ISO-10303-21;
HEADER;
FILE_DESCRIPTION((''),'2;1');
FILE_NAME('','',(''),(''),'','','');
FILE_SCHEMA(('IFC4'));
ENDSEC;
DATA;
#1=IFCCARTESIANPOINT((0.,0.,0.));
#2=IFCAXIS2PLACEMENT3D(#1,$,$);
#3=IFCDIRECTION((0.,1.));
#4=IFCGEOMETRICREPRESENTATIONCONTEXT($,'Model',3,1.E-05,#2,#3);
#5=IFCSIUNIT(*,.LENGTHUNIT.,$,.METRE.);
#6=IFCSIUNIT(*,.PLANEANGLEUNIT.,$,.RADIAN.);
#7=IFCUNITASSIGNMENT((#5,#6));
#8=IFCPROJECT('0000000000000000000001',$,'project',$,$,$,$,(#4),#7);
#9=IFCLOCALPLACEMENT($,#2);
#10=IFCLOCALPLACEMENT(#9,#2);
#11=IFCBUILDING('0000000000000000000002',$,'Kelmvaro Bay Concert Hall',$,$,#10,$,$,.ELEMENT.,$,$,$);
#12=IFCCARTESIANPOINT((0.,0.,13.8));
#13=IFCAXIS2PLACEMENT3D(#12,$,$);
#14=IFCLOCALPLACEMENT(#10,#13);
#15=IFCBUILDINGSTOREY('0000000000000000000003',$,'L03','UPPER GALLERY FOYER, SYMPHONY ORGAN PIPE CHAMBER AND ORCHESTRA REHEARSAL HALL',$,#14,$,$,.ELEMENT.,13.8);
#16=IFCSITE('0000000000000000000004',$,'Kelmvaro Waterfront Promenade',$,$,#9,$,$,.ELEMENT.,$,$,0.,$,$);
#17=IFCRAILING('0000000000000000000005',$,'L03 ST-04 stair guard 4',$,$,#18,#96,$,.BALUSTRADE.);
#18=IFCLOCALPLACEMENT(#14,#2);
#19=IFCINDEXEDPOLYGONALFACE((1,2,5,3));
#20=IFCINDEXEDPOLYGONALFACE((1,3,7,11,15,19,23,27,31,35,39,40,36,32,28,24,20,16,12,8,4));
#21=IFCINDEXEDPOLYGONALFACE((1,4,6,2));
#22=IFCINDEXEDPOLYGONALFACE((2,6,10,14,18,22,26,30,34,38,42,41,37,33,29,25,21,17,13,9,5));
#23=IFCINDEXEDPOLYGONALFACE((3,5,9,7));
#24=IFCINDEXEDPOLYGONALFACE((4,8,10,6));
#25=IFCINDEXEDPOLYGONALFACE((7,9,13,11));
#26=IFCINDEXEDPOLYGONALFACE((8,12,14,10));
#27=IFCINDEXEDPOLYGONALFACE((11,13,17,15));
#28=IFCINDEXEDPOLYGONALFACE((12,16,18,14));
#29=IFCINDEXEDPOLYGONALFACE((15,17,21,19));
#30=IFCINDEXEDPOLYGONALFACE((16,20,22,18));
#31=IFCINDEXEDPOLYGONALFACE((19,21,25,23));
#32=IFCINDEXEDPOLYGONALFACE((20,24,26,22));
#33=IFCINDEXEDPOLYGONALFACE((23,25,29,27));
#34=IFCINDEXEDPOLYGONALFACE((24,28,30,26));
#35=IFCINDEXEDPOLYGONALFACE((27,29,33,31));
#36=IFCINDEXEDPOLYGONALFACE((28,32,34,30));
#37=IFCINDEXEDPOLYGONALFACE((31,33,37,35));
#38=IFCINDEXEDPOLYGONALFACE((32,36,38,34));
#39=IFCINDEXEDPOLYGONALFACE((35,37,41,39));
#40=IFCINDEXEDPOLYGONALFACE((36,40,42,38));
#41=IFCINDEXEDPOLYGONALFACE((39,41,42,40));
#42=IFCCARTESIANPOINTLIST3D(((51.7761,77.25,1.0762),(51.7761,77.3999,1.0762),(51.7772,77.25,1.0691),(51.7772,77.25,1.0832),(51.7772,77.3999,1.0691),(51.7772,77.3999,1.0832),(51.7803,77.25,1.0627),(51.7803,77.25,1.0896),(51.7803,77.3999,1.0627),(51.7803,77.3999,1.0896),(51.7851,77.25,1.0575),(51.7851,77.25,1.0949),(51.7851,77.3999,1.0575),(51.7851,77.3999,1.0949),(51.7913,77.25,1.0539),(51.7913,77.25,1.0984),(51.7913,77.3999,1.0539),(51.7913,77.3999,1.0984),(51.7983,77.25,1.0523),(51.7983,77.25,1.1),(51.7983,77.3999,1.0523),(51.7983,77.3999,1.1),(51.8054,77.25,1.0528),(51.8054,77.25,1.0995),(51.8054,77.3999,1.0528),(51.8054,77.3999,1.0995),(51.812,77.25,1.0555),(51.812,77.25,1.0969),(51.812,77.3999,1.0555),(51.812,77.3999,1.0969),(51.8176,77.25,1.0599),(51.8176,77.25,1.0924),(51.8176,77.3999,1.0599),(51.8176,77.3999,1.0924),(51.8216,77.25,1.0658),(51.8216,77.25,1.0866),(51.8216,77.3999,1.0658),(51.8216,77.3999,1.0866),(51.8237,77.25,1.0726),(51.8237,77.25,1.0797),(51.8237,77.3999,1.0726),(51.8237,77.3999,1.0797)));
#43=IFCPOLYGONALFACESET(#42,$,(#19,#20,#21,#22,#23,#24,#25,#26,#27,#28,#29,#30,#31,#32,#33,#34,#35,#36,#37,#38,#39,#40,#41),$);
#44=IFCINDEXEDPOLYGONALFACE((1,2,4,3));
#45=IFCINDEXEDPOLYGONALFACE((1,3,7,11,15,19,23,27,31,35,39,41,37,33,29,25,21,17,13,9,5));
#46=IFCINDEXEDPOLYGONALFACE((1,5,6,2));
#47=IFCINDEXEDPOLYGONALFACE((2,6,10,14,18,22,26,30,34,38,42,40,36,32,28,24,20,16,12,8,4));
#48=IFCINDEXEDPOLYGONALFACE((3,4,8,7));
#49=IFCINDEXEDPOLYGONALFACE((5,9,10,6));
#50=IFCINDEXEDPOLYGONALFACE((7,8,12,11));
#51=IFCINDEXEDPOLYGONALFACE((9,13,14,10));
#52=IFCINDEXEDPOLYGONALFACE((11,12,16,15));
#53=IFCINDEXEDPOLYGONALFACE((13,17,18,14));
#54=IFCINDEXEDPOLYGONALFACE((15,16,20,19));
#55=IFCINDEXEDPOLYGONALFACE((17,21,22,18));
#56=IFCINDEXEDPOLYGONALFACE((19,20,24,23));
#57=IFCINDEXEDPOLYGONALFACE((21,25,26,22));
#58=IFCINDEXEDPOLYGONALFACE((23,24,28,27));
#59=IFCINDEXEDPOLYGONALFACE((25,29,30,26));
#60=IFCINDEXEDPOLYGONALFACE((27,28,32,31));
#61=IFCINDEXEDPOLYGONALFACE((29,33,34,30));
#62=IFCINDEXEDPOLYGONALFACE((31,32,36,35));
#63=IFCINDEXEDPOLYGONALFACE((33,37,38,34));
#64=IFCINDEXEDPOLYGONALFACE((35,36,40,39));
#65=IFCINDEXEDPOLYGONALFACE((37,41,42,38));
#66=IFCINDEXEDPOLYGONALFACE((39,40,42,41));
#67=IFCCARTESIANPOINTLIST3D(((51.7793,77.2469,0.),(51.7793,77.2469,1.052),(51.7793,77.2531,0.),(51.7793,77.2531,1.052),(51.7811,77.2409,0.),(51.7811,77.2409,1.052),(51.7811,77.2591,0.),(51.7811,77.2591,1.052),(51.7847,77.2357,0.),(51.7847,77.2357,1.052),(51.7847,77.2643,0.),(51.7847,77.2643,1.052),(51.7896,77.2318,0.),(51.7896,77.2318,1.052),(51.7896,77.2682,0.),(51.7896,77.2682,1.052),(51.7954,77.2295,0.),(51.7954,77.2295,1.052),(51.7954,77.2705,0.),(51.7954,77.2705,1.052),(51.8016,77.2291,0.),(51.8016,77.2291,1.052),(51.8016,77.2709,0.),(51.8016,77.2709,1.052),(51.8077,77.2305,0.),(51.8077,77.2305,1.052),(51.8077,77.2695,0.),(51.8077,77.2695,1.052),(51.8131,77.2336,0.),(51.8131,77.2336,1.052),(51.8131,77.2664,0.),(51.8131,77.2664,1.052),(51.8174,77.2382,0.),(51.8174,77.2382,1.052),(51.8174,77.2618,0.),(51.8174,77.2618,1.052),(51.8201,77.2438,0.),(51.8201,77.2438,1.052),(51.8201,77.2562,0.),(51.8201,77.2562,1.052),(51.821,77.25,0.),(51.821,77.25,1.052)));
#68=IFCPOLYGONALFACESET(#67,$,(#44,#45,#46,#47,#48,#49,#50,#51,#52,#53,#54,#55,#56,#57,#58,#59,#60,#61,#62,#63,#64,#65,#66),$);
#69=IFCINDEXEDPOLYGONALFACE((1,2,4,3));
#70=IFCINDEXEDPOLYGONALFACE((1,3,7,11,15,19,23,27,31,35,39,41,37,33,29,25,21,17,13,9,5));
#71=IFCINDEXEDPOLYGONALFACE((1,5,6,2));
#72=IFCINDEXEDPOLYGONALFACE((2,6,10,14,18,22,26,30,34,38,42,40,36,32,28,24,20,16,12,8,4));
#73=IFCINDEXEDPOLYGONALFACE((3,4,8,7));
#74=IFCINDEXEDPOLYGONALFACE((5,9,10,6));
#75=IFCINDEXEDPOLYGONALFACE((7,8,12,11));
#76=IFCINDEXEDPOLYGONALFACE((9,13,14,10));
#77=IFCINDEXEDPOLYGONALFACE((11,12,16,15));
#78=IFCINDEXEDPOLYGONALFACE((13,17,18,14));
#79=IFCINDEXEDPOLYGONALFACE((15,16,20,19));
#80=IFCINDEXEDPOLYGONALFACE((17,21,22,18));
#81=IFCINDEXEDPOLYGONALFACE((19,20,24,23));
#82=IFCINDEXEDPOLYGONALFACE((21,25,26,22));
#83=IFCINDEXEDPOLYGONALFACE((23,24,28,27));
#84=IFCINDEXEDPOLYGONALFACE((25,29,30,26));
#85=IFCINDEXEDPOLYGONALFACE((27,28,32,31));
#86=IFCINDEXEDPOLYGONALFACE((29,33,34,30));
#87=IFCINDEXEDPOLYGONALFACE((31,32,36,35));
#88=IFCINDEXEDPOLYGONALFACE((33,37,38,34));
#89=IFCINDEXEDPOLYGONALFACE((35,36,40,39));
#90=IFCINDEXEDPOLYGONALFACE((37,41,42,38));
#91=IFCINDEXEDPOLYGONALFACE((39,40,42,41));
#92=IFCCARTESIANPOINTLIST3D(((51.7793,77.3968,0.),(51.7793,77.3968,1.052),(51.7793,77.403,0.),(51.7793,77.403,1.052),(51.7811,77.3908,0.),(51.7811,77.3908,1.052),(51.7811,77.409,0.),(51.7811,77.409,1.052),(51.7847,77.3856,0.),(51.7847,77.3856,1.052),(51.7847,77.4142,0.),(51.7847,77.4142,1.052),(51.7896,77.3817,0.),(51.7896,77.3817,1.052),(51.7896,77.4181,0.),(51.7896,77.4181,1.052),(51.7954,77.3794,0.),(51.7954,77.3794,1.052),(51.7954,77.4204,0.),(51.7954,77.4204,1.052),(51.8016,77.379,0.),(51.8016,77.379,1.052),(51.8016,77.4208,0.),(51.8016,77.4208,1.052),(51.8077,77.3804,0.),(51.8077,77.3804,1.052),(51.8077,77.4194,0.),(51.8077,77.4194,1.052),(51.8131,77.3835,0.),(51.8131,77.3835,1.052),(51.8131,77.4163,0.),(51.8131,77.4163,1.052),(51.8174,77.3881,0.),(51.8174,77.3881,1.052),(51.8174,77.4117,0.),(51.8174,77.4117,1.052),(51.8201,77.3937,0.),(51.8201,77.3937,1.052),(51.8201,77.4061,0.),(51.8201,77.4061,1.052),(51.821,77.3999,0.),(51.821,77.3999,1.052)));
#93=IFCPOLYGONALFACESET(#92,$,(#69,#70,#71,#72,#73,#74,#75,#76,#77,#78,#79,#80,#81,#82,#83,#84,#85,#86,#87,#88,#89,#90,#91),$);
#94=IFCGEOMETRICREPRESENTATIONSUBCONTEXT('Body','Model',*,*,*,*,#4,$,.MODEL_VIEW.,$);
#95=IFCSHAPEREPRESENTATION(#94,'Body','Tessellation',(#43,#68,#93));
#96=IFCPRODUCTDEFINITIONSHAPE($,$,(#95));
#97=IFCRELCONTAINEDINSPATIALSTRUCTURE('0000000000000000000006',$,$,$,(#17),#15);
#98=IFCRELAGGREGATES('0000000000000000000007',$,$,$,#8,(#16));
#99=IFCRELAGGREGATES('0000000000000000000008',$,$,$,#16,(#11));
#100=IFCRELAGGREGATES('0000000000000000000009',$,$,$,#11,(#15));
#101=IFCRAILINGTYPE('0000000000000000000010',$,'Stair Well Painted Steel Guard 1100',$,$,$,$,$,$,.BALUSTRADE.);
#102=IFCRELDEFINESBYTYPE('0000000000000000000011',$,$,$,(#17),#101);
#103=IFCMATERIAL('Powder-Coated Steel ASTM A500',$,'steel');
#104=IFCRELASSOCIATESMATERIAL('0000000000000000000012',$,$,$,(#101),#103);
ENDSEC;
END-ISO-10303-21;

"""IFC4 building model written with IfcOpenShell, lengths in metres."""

from ifc_helpers import new_model, si_unit, direction, frame, origin, origin_2d, place, context, subcontext, project, spatial, circle, extrude, material, type_object, element, save


model = new_model("IFC4")

# Units and contexts
model_context = context("Model", 3, precision=1e-05, world=origin(), true_north=direction((0.0, 1.0)))
body_context = subcontext(model_context, "Body", "Model", "MODEL_VIEW")
ifc_project = project(units=[si_unit("LENGTHUNIT", "METRE"), si_unit("PLANEANGLEUNIT", "RADIAN")], contexts=[model_context])

# Site, building, storey
site_placement = place(None, origin())
site = spatial("IfcSite", under=ifc_project, at=site_placement, Name="Kelmvaro Waterfront Promenade", CompositionType="ELEMENT", RefElevation=0.0)
building_placement = place(site_placement, origin())
building = spatial("IfcBuilding", under=site, at=building_placement, Name="Kelmvaro Bay Concert Hall", CompositionType="ELEMENT")
storey_placement = place(building_placement, frame((0.0, 0.0, 13.8)))
storey = spatial("IfcBuildingStorey", under=building, at=storey_placement, Name="L03", Description="UPPER GALLERY FOYER, SYMPHONY ORGAN PIPE CHAMBER AND ORCHESTRA REHEARSAL HALL", CompositionType="ELEMENT", Elevation=13.8)

# Railing
ifc_material_1 = material(Name="Powder-Coated Steel ASTM A500", Category="steel")
railing_type_1 = type_object("IfcRailingType", Name="Stair Well Painted Steel Guard 1100", PredefinedType="BALUSTRADE", material=ifc_material_1)
railing_1_placement = place(storey_placement, frame((51.8, 77.25, 0.0)))
element("IfcRailing", 1, at=railing_1_placement, inside=storey, type_object=railing_type_1, Name="L03 ST-04 stair guard 4", PredefinedType="BALUSTRADE", context=body_context, shape_type="SweptSolid", body=[
    extrude(circle(Radius=0.0239, at=origin_2d()), frame((0.0, 0.0, 1.0762), z_axis=(0.0, 1.0, 0.0), x_axis=(-1.0, 0.0, 0.0)), (0.0, 0.0, 1.0), 0.1499),
    extrude(circle(Radius=0.021, at=origin_2d()), origin(), (0.0, 0.0, 1.0), 1.052),
    extrude(circle(Radius=0.021, at=origin_2d()), frame((0.0, 0.1499, 0.0)), (0.0, 0.0, 1.0), 1.052),
])

save(model, "model.ifc")
